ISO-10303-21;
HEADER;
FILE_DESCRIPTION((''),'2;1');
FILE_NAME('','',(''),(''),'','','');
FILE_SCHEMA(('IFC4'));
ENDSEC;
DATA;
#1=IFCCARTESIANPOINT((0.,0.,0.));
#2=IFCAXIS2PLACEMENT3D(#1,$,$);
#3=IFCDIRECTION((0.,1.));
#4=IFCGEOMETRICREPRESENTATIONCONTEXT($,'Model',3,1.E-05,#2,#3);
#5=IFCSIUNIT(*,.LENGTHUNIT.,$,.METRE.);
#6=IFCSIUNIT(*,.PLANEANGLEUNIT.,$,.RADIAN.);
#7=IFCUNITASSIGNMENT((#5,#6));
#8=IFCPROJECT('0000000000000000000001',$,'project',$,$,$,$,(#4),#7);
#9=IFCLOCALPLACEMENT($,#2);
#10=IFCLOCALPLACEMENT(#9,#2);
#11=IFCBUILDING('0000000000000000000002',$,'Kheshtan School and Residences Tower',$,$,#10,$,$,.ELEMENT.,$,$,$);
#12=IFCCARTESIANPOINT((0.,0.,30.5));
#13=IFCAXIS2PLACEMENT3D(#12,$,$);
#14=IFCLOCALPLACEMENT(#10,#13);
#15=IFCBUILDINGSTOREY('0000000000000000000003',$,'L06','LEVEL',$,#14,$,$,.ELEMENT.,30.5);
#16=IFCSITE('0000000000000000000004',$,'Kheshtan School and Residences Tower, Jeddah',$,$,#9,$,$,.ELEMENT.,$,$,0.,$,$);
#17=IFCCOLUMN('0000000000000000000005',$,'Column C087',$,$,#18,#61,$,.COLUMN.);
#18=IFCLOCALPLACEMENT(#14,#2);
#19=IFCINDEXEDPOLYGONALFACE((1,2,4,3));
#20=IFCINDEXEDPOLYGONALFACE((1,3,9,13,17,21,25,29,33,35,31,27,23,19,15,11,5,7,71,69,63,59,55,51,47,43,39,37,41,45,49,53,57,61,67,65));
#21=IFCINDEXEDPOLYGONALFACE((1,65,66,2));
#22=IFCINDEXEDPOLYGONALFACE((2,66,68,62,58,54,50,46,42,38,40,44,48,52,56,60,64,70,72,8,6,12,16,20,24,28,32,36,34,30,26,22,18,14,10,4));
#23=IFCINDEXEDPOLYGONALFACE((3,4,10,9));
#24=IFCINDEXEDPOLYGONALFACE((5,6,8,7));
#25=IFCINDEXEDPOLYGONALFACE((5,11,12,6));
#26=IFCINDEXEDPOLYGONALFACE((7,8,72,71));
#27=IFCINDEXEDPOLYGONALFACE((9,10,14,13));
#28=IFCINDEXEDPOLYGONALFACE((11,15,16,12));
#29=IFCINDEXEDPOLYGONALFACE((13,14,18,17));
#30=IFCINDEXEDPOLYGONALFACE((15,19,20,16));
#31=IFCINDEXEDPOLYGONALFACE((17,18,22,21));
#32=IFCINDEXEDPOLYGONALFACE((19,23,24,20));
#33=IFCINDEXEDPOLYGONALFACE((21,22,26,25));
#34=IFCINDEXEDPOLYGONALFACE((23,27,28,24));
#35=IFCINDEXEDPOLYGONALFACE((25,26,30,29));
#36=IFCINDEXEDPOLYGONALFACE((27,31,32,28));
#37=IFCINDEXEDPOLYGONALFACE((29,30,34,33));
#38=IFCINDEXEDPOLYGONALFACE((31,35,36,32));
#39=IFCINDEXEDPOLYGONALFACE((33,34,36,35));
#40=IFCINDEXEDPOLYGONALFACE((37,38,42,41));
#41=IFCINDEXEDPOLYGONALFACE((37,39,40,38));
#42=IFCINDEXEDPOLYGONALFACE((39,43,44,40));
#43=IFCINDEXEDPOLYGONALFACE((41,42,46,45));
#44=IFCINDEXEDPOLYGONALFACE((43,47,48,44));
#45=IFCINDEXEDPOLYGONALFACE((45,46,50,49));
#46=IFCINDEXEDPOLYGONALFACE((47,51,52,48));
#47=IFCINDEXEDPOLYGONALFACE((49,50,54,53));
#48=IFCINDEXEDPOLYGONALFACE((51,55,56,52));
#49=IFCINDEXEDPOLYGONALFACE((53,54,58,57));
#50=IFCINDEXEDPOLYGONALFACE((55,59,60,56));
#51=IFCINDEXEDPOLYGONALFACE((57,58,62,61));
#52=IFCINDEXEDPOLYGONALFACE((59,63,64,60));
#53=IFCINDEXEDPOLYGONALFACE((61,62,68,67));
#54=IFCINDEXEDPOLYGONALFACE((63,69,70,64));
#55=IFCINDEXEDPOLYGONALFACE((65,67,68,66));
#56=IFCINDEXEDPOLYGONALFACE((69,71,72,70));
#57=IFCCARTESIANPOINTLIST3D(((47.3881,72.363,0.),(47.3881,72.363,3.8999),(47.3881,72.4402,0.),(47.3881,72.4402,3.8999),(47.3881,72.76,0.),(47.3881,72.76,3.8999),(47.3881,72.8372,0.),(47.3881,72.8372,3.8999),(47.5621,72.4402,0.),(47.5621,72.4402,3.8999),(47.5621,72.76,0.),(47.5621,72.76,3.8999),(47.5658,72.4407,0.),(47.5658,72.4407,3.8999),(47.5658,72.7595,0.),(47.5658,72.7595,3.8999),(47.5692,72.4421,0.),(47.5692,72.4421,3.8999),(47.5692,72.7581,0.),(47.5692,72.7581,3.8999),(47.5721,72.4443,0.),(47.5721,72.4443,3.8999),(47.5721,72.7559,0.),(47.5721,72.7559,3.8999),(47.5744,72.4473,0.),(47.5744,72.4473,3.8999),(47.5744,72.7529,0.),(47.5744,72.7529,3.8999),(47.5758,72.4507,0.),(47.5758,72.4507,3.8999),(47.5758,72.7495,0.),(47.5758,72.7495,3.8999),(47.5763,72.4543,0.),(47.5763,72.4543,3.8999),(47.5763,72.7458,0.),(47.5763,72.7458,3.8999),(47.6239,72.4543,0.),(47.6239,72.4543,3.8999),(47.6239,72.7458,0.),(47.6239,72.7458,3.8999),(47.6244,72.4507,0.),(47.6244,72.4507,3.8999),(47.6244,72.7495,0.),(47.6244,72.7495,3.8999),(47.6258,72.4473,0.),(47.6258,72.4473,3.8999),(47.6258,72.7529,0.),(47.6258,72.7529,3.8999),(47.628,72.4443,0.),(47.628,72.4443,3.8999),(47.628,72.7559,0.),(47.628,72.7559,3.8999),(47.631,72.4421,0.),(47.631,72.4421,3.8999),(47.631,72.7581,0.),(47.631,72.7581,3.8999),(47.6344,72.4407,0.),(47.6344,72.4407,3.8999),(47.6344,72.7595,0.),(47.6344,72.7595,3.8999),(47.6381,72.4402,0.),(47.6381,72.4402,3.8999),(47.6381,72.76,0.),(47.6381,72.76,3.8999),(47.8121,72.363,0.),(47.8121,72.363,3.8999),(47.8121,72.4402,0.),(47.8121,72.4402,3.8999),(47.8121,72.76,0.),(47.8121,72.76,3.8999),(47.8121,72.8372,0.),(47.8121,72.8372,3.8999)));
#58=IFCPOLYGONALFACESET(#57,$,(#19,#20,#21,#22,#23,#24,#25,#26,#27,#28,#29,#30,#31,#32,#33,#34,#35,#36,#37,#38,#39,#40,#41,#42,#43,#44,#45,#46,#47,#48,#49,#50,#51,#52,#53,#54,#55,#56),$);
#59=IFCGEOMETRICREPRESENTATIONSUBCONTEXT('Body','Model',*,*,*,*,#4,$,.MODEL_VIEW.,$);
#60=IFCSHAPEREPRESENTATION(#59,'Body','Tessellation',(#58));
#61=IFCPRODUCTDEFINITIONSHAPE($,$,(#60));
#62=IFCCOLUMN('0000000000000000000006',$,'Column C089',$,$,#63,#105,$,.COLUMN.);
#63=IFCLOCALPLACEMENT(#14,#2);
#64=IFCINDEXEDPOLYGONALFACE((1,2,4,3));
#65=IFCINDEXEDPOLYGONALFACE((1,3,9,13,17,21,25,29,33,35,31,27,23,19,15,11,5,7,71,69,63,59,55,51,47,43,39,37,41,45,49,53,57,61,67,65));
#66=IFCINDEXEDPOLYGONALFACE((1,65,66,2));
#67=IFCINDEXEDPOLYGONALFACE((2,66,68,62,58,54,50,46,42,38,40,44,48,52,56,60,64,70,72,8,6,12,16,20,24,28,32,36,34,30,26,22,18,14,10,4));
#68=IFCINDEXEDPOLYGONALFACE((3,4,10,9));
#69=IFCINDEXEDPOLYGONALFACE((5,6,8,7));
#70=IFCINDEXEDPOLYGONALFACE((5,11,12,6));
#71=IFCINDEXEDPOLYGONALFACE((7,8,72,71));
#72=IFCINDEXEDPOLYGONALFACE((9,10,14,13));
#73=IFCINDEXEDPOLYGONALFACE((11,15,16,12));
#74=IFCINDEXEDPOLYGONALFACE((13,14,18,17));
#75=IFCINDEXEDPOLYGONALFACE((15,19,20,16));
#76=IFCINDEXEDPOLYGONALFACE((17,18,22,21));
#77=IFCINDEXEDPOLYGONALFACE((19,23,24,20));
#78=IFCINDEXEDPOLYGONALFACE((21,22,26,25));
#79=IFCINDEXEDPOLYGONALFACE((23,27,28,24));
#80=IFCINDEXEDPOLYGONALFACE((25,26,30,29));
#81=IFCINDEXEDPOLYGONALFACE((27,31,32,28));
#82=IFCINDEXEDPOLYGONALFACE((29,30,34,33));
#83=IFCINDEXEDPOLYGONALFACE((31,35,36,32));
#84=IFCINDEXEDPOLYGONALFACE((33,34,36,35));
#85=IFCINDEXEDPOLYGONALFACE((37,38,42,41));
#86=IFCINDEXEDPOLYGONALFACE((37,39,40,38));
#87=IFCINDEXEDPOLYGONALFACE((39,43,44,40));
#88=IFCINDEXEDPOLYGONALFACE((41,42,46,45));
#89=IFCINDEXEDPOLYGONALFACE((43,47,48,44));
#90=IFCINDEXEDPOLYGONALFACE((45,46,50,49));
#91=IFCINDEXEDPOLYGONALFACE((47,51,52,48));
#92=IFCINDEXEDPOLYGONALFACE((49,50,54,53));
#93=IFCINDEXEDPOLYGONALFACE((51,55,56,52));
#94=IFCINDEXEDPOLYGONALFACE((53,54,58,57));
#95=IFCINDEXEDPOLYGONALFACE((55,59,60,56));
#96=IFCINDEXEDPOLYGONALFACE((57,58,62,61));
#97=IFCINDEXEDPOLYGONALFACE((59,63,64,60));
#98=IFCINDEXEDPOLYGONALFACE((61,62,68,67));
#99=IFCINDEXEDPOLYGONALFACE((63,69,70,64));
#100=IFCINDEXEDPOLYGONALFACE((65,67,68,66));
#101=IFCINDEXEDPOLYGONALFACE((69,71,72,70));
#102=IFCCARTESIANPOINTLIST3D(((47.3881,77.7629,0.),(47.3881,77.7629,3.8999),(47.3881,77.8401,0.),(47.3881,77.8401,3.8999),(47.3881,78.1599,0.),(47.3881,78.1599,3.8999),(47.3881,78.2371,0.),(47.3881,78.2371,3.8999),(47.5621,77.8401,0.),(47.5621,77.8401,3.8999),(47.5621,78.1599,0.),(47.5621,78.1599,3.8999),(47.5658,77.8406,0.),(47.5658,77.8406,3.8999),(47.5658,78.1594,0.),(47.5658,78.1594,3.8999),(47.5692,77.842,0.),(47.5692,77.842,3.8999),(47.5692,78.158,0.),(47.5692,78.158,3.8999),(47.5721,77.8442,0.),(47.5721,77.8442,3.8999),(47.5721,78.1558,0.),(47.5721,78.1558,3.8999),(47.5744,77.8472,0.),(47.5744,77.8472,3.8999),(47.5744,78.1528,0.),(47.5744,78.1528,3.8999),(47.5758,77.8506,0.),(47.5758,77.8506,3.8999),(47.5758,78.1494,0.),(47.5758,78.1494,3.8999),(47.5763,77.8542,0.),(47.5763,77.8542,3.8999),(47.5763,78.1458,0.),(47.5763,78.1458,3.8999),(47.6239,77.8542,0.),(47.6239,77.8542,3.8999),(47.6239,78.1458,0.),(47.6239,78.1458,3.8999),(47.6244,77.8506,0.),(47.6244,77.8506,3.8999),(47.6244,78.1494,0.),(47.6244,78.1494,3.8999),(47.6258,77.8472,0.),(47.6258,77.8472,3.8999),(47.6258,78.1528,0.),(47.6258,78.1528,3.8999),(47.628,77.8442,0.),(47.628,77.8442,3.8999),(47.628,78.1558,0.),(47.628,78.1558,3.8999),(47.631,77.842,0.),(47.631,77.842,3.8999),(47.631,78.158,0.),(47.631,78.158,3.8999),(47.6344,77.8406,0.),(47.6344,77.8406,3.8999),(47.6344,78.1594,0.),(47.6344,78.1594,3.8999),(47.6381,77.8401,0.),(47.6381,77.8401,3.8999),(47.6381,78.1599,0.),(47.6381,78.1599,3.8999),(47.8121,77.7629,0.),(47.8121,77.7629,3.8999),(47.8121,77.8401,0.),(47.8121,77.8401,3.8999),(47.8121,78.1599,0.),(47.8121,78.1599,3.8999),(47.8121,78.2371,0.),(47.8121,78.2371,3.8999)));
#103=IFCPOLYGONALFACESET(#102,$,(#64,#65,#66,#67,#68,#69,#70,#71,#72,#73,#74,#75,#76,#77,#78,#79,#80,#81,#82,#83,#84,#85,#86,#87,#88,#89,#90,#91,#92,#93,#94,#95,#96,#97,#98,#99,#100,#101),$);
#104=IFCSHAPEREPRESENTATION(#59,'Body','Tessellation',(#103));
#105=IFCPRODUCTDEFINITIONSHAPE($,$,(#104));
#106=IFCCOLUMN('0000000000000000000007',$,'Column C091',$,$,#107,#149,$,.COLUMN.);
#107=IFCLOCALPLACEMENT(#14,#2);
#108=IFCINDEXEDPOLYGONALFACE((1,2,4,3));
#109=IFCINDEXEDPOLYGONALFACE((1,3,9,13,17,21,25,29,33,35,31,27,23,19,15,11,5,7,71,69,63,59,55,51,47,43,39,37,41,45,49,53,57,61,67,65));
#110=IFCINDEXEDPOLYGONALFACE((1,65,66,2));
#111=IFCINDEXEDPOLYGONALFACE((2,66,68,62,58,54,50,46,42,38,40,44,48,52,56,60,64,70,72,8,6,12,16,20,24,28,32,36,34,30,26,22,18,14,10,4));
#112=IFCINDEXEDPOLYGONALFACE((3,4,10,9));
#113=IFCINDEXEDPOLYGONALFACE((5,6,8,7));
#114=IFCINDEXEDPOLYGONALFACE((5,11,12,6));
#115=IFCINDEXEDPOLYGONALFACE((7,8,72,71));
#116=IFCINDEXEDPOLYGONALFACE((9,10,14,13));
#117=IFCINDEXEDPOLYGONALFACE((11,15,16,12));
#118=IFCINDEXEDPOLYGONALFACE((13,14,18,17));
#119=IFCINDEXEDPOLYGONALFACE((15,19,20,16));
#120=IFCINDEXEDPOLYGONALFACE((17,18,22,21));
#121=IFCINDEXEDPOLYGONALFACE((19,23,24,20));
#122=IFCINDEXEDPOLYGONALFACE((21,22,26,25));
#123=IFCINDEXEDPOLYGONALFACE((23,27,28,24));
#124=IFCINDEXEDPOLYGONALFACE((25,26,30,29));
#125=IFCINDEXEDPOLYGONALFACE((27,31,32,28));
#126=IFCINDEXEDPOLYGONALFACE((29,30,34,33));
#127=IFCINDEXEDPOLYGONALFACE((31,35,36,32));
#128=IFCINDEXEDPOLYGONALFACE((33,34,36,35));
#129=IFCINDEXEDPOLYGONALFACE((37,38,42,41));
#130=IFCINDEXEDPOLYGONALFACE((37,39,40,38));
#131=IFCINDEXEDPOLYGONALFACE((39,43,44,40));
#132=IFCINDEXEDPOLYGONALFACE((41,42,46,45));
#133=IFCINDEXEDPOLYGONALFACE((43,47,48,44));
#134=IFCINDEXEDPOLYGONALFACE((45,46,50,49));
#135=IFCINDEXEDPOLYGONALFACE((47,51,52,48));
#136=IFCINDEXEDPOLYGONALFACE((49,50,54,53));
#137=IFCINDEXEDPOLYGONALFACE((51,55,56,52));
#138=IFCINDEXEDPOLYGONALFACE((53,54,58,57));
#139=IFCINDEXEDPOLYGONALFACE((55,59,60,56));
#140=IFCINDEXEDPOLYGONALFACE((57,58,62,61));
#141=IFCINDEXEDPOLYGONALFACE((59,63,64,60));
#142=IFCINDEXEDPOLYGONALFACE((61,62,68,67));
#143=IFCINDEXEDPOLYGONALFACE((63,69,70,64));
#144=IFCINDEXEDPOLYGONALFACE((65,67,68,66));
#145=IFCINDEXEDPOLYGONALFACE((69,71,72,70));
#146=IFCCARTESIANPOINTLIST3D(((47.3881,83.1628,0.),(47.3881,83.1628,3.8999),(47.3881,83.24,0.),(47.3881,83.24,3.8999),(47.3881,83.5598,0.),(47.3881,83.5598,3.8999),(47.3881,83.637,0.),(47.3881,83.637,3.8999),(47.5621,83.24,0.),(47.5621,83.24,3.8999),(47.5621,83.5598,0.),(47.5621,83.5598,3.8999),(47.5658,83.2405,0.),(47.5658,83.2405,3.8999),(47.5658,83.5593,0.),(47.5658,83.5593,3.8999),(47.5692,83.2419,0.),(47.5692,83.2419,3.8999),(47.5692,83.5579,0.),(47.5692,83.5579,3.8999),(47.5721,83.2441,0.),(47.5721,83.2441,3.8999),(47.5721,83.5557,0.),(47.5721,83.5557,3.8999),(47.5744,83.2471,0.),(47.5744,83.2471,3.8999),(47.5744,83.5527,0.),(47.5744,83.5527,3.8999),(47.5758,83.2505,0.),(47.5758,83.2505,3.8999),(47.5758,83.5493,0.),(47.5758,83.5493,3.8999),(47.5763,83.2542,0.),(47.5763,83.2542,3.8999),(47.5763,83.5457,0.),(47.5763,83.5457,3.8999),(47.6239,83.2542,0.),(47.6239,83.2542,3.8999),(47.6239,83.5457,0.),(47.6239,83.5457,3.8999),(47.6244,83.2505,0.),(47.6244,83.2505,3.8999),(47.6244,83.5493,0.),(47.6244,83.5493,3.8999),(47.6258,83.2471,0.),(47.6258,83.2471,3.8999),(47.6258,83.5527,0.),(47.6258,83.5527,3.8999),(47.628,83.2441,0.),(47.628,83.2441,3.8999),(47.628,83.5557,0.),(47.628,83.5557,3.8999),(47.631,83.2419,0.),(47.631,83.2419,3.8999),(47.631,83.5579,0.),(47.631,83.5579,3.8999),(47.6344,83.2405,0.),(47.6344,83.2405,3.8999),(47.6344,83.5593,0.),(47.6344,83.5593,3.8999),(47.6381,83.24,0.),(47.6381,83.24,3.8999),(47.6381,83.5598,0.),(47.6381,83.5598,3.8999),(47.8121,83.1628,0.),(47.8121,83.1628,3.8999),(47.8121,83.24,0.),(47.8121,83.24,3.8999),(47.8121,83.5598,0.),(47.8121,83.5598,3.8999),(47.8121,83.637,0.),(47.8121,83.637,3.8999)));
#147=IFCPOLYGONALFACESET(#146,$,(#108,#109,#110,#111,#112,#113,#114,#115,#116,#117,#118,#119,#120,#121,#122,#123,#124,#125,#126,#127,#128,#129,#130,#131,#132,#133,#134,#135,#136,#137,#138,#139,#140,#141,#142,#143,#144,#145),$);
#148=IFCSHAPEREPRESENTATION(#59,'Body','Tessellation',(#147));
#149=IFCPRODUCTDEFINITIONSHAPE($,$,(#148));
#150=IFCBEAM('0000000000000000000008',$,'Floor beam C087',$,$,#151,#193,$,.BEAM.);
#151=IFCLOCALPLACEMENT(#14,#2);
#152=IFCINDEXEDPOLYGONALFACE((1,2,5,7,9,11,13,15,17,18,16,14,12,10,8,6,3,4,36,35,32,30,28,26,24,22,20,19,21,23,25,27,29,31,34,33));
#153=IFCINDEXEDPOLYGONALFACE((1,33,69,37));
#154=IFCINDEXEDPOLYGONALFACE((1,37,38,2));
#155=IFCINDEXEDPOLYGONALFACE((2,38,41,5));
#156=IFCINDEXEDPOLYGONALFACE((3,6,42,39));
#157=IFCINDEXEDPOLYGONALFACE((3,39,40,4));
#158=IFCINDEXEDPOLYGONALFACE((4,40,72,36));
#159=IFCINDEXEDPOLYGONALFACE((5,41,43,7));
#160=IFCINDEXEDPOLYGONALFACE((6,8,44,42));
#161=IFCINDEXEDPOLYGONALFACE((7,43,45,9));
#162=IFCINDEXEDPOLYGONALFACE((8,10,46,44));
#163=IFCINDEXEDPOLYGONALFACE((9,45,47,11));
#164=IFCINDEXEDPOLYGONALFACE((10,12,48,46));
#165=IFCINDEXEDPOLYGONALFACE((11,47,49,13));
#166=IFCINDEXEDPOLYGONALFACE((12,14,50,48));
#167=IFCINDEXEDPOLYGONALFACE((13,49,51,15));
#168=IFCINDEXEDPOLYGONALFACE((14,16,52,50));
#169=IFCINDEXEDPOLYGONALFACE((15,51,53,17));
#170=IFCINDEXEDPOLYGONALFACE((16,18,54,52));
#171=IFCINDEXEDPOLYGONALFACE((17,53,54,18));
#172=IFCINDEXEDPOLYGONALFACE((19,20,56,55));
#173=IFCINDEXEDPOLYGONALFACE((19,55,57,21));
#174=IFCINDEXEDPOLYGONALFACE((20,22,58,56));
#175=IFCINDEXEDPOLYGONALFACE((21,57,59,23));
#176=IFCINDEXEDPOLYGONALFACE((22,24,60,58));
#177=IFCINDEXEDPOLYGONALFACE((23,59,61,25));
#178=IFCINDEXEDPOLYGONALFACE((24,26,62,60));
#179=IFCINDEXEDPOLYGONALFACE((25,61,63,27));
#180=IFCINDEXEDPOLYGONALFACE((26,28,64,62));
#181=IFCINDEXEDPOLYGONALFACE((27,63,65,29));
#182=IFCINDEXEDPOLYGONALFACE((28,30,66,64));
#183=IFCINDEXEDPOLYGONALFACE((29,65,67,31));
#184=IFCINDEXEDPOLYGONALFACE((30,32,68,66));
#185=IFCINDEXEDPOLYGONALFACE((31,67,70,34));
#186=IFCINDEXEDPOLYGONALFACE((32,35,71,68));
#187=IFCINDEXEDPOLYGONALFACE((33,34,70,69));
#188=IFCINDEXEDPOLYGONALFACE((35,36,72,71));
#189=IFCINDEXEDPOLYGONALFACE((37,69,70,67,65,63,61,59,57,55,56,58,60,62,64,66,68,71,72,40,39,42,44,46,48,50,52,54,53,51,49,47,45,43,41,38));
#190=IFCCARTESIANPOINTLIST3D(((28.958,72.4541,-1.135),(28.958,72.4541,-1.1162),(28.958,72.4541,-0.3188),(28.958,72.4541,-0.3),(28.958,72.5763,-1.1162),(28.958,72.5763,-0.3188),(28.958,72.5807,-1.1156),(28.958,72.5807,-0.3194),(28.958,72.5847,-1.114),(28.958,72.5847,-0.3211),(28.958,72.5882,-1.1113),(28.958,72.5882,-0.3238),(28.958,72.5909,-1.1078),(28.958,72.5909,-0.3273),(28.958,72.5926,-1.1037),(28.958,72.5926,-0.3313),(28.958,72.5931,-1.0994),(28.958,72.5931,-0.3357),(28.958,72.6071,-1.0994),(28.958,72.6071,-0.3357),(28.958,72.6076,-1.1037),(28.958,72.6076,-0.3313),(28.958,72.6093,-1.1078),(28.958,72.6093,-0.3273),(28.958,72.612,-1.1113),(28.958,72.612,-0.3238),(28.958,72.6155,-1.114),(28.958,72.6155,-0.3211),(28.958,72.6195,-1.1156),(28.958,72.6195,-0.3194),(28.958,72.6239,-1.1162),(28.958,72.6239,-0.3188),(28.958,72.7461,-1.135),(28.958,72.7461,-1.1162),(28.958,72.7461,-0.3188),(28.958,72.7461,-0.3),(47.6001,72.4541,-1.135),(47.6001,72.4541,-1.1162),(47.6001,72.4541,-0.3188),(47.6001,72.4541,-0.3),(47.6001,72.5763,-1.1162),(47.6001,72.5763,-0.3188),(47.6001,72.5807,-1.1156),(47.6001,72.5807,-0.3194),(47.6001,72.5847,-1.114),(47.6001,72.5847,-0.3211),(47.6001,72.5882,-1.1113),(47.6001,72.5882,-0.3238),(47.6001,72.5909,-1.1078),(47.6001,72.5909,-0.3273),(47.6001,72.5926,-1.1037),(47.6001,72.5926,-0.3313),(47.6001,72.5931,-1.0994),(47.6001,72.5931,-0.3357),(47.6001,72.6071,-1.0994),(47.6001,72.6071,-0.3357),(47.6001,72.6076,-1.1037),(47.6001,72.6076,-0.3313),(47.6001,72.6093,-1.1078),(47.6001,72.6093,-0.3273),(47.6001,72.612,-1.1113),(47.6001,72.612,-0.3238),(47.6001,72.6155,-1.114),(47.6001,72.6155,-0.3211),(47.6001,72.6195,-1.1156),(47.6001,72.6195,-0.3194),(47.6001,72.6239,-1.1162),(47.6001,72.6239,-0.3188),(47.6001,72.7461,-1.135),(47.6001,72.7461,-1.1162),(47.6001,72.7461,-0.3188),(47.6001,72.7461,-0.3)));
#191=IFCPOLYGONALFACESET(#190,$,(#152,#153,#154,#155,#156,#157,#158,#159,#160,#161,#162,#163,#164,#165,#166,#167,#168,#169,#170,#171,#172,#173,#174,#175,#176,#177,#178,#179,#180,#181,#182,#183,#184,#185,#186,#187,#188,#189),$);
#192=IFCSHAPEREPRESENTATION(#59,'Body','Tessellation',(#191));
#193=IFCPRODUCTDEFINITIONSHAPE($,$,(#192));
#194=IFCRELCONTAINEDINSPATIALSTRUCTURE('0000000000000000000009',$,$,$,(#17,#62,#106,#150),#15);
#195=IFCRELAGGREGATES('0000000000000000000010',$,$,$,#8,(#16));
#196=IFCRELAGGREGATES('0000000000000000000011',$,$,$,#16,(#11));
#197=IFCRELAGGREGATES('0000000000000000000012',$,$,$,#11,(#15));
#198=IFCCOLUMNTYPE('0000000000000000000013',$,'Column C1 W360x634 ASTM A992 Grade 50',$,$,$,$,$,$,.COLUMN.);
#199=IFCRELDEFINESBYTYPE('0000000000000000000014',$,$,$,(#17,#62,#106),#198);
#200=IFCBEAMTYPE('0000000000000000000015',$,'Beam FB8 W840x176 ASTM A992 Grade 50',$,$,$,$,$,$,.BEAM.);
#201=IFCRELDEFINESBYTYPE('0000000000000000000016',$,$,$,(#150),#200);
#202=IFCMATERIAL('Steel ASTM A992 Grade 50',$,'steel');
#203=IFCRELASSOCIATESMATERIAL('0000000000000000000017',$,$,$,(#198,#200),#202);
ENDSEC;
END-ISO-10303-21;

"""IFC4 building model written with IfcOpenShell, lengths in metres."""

from ifc_helpers import new_model, si_unit, direction, frame, origin, origin_2d, place, context, subcontext, project, spatial, i_section, extrude, material, material_profile, profile_set, type_object, element, save


model = new_model("IFC4")

# Units and contexts
model_context = context("Model", 3, precision=1e-05, world=origin(), true_north=direction((0.0, 1.0)))
body_context = subcontext(model_context, "Body", "Model", "MODEL_VIEW")
ifc_project = project(units=[si_unit("LENGTHUNIT", "METRE"), si_unit("PLANEANGLEUNIT", "RADIAN")], contexts=[model_context])

# Site, building, storey
site_placement = place(None, origin())
site = spatial("IfcSite", under=ifc_project, at=site_placement, Name="Kheshtan School and Residences Tower, Jeddah", CompositionType="ELEMENT", RefElevation=0.0)
building_placement = place(site_placement, origin())
building = spatial("IfcBuilding", under=site, at=building_placement, Name="Kheshtan School and Residences Tower", CompositionType="ELEMENT")
storey_placement = place(building_placement, frame((0.0, 0.0, 30.5)))
storey = spatial("IfcBuildingStorey", under=building, at=storey_placement, Name="L06", Description="LEVEL", CompositionType="ELEMENT", Elevation=30.5)

# Columns
ifc_material_1 = material(Name="Steel ASTM A992 Grade 50", Category="steel")
ifc_material_profile_1 = material_profile(ifc_material_1, i_section(OverallWidth=0.4241, OverallDepth=0.4741, WebThickness=0.0476, FlangeThickness=0.0771, FilletRadius=0.0142, at=origin_2d()), Name="W360x634")
ifc_profile_set_1 = profile_set([ifc_material_profile_1], Name="Steel ASTM A992 Grade 50")
column_type = type_object("IfcColumnType", Name="Column C1 W360x634 ASTM A992 Grade 50", PredefinedType="COLUMN", material=ifc_profile_set_1)
for number, where, z_axis, x_axis, name in (
    (1, (47.6001, 72.6001, 0.0), (0.0, 0.0, 1.0), (1.0, 0.0, 0.0), "Column C087"),
    (2, (47.6001, 78.0, 0.0), (0.0, 0.0, 1.0), (1.0, 0.0, 0.0), "Column C089"),
    (3, (47.6001, 83.3999, 0.0), (0.0, 0.0, 1.0), (1.0, 0.0, 0.0), "Column C091"),
):
    element("IfcColumn", number, at=place(storey_placement, frame(where, z_axis=z_axis, x_axis=x_axis)), inside=storey, type_object=column_type, Name=name, PredefinedType="COLUMN", context=body_context, shape_type="SweptSolid", body=[
        extrude(i_section(OverallWidth=0.4241, OverallDepth=0.4741, WebThickness=0.0476, FlangeThickness=0.0771, FilletRadius=0.0142, at=origin_2d()), origin(), (0.0, 0.0, 1.0), 3.8999),
    ])

# Beam
ifc_material_profile_2 = material_profile(ifc_material_1, i_section(OverallWidth=0.292, OverallDepth=0.835, WebThickness=0.0139, FlangeThickness=0.0188, FilletRadius=0.0168, at=origin_2d()), Name="W840x176")
ifc_profile_set_2 = profile_set([ifc_material_profile_2], Name="Steel ASTM A992 Grade 50")
beam_type_1 = type_object("IfcBeamType", Name="Beam FB8 W840x176 ASTM A992 Grade 50", PredefinedType="BEAM", material=ifc_profile_set_2)
beam_1_placement = place(storey_placement, frame((47.6001, 72.6001, -0.7175), z_axis=(-1.0, 0.0, 0.0), x_axis=(0.0, -1.0, 0.0)))
element("IfcBeam", 4, at=beam_1_placement, inside=storey, type_object=beam_type_1, Name="Floor beam C087", PredefinedType="BEAM", context=body_context, shape_type="SweptSolid", body=[
    extrude(i_section(OverallWidth=0.292, OverallDepth=0.835, WebThickness=0.0139, FlangeThickness=0.0188, FilletRadius=0.0168, at=origin_2d()), origin(), (0.0, 0.0, 1.0), 18.6421),
])

save(model, "model.ifc")
